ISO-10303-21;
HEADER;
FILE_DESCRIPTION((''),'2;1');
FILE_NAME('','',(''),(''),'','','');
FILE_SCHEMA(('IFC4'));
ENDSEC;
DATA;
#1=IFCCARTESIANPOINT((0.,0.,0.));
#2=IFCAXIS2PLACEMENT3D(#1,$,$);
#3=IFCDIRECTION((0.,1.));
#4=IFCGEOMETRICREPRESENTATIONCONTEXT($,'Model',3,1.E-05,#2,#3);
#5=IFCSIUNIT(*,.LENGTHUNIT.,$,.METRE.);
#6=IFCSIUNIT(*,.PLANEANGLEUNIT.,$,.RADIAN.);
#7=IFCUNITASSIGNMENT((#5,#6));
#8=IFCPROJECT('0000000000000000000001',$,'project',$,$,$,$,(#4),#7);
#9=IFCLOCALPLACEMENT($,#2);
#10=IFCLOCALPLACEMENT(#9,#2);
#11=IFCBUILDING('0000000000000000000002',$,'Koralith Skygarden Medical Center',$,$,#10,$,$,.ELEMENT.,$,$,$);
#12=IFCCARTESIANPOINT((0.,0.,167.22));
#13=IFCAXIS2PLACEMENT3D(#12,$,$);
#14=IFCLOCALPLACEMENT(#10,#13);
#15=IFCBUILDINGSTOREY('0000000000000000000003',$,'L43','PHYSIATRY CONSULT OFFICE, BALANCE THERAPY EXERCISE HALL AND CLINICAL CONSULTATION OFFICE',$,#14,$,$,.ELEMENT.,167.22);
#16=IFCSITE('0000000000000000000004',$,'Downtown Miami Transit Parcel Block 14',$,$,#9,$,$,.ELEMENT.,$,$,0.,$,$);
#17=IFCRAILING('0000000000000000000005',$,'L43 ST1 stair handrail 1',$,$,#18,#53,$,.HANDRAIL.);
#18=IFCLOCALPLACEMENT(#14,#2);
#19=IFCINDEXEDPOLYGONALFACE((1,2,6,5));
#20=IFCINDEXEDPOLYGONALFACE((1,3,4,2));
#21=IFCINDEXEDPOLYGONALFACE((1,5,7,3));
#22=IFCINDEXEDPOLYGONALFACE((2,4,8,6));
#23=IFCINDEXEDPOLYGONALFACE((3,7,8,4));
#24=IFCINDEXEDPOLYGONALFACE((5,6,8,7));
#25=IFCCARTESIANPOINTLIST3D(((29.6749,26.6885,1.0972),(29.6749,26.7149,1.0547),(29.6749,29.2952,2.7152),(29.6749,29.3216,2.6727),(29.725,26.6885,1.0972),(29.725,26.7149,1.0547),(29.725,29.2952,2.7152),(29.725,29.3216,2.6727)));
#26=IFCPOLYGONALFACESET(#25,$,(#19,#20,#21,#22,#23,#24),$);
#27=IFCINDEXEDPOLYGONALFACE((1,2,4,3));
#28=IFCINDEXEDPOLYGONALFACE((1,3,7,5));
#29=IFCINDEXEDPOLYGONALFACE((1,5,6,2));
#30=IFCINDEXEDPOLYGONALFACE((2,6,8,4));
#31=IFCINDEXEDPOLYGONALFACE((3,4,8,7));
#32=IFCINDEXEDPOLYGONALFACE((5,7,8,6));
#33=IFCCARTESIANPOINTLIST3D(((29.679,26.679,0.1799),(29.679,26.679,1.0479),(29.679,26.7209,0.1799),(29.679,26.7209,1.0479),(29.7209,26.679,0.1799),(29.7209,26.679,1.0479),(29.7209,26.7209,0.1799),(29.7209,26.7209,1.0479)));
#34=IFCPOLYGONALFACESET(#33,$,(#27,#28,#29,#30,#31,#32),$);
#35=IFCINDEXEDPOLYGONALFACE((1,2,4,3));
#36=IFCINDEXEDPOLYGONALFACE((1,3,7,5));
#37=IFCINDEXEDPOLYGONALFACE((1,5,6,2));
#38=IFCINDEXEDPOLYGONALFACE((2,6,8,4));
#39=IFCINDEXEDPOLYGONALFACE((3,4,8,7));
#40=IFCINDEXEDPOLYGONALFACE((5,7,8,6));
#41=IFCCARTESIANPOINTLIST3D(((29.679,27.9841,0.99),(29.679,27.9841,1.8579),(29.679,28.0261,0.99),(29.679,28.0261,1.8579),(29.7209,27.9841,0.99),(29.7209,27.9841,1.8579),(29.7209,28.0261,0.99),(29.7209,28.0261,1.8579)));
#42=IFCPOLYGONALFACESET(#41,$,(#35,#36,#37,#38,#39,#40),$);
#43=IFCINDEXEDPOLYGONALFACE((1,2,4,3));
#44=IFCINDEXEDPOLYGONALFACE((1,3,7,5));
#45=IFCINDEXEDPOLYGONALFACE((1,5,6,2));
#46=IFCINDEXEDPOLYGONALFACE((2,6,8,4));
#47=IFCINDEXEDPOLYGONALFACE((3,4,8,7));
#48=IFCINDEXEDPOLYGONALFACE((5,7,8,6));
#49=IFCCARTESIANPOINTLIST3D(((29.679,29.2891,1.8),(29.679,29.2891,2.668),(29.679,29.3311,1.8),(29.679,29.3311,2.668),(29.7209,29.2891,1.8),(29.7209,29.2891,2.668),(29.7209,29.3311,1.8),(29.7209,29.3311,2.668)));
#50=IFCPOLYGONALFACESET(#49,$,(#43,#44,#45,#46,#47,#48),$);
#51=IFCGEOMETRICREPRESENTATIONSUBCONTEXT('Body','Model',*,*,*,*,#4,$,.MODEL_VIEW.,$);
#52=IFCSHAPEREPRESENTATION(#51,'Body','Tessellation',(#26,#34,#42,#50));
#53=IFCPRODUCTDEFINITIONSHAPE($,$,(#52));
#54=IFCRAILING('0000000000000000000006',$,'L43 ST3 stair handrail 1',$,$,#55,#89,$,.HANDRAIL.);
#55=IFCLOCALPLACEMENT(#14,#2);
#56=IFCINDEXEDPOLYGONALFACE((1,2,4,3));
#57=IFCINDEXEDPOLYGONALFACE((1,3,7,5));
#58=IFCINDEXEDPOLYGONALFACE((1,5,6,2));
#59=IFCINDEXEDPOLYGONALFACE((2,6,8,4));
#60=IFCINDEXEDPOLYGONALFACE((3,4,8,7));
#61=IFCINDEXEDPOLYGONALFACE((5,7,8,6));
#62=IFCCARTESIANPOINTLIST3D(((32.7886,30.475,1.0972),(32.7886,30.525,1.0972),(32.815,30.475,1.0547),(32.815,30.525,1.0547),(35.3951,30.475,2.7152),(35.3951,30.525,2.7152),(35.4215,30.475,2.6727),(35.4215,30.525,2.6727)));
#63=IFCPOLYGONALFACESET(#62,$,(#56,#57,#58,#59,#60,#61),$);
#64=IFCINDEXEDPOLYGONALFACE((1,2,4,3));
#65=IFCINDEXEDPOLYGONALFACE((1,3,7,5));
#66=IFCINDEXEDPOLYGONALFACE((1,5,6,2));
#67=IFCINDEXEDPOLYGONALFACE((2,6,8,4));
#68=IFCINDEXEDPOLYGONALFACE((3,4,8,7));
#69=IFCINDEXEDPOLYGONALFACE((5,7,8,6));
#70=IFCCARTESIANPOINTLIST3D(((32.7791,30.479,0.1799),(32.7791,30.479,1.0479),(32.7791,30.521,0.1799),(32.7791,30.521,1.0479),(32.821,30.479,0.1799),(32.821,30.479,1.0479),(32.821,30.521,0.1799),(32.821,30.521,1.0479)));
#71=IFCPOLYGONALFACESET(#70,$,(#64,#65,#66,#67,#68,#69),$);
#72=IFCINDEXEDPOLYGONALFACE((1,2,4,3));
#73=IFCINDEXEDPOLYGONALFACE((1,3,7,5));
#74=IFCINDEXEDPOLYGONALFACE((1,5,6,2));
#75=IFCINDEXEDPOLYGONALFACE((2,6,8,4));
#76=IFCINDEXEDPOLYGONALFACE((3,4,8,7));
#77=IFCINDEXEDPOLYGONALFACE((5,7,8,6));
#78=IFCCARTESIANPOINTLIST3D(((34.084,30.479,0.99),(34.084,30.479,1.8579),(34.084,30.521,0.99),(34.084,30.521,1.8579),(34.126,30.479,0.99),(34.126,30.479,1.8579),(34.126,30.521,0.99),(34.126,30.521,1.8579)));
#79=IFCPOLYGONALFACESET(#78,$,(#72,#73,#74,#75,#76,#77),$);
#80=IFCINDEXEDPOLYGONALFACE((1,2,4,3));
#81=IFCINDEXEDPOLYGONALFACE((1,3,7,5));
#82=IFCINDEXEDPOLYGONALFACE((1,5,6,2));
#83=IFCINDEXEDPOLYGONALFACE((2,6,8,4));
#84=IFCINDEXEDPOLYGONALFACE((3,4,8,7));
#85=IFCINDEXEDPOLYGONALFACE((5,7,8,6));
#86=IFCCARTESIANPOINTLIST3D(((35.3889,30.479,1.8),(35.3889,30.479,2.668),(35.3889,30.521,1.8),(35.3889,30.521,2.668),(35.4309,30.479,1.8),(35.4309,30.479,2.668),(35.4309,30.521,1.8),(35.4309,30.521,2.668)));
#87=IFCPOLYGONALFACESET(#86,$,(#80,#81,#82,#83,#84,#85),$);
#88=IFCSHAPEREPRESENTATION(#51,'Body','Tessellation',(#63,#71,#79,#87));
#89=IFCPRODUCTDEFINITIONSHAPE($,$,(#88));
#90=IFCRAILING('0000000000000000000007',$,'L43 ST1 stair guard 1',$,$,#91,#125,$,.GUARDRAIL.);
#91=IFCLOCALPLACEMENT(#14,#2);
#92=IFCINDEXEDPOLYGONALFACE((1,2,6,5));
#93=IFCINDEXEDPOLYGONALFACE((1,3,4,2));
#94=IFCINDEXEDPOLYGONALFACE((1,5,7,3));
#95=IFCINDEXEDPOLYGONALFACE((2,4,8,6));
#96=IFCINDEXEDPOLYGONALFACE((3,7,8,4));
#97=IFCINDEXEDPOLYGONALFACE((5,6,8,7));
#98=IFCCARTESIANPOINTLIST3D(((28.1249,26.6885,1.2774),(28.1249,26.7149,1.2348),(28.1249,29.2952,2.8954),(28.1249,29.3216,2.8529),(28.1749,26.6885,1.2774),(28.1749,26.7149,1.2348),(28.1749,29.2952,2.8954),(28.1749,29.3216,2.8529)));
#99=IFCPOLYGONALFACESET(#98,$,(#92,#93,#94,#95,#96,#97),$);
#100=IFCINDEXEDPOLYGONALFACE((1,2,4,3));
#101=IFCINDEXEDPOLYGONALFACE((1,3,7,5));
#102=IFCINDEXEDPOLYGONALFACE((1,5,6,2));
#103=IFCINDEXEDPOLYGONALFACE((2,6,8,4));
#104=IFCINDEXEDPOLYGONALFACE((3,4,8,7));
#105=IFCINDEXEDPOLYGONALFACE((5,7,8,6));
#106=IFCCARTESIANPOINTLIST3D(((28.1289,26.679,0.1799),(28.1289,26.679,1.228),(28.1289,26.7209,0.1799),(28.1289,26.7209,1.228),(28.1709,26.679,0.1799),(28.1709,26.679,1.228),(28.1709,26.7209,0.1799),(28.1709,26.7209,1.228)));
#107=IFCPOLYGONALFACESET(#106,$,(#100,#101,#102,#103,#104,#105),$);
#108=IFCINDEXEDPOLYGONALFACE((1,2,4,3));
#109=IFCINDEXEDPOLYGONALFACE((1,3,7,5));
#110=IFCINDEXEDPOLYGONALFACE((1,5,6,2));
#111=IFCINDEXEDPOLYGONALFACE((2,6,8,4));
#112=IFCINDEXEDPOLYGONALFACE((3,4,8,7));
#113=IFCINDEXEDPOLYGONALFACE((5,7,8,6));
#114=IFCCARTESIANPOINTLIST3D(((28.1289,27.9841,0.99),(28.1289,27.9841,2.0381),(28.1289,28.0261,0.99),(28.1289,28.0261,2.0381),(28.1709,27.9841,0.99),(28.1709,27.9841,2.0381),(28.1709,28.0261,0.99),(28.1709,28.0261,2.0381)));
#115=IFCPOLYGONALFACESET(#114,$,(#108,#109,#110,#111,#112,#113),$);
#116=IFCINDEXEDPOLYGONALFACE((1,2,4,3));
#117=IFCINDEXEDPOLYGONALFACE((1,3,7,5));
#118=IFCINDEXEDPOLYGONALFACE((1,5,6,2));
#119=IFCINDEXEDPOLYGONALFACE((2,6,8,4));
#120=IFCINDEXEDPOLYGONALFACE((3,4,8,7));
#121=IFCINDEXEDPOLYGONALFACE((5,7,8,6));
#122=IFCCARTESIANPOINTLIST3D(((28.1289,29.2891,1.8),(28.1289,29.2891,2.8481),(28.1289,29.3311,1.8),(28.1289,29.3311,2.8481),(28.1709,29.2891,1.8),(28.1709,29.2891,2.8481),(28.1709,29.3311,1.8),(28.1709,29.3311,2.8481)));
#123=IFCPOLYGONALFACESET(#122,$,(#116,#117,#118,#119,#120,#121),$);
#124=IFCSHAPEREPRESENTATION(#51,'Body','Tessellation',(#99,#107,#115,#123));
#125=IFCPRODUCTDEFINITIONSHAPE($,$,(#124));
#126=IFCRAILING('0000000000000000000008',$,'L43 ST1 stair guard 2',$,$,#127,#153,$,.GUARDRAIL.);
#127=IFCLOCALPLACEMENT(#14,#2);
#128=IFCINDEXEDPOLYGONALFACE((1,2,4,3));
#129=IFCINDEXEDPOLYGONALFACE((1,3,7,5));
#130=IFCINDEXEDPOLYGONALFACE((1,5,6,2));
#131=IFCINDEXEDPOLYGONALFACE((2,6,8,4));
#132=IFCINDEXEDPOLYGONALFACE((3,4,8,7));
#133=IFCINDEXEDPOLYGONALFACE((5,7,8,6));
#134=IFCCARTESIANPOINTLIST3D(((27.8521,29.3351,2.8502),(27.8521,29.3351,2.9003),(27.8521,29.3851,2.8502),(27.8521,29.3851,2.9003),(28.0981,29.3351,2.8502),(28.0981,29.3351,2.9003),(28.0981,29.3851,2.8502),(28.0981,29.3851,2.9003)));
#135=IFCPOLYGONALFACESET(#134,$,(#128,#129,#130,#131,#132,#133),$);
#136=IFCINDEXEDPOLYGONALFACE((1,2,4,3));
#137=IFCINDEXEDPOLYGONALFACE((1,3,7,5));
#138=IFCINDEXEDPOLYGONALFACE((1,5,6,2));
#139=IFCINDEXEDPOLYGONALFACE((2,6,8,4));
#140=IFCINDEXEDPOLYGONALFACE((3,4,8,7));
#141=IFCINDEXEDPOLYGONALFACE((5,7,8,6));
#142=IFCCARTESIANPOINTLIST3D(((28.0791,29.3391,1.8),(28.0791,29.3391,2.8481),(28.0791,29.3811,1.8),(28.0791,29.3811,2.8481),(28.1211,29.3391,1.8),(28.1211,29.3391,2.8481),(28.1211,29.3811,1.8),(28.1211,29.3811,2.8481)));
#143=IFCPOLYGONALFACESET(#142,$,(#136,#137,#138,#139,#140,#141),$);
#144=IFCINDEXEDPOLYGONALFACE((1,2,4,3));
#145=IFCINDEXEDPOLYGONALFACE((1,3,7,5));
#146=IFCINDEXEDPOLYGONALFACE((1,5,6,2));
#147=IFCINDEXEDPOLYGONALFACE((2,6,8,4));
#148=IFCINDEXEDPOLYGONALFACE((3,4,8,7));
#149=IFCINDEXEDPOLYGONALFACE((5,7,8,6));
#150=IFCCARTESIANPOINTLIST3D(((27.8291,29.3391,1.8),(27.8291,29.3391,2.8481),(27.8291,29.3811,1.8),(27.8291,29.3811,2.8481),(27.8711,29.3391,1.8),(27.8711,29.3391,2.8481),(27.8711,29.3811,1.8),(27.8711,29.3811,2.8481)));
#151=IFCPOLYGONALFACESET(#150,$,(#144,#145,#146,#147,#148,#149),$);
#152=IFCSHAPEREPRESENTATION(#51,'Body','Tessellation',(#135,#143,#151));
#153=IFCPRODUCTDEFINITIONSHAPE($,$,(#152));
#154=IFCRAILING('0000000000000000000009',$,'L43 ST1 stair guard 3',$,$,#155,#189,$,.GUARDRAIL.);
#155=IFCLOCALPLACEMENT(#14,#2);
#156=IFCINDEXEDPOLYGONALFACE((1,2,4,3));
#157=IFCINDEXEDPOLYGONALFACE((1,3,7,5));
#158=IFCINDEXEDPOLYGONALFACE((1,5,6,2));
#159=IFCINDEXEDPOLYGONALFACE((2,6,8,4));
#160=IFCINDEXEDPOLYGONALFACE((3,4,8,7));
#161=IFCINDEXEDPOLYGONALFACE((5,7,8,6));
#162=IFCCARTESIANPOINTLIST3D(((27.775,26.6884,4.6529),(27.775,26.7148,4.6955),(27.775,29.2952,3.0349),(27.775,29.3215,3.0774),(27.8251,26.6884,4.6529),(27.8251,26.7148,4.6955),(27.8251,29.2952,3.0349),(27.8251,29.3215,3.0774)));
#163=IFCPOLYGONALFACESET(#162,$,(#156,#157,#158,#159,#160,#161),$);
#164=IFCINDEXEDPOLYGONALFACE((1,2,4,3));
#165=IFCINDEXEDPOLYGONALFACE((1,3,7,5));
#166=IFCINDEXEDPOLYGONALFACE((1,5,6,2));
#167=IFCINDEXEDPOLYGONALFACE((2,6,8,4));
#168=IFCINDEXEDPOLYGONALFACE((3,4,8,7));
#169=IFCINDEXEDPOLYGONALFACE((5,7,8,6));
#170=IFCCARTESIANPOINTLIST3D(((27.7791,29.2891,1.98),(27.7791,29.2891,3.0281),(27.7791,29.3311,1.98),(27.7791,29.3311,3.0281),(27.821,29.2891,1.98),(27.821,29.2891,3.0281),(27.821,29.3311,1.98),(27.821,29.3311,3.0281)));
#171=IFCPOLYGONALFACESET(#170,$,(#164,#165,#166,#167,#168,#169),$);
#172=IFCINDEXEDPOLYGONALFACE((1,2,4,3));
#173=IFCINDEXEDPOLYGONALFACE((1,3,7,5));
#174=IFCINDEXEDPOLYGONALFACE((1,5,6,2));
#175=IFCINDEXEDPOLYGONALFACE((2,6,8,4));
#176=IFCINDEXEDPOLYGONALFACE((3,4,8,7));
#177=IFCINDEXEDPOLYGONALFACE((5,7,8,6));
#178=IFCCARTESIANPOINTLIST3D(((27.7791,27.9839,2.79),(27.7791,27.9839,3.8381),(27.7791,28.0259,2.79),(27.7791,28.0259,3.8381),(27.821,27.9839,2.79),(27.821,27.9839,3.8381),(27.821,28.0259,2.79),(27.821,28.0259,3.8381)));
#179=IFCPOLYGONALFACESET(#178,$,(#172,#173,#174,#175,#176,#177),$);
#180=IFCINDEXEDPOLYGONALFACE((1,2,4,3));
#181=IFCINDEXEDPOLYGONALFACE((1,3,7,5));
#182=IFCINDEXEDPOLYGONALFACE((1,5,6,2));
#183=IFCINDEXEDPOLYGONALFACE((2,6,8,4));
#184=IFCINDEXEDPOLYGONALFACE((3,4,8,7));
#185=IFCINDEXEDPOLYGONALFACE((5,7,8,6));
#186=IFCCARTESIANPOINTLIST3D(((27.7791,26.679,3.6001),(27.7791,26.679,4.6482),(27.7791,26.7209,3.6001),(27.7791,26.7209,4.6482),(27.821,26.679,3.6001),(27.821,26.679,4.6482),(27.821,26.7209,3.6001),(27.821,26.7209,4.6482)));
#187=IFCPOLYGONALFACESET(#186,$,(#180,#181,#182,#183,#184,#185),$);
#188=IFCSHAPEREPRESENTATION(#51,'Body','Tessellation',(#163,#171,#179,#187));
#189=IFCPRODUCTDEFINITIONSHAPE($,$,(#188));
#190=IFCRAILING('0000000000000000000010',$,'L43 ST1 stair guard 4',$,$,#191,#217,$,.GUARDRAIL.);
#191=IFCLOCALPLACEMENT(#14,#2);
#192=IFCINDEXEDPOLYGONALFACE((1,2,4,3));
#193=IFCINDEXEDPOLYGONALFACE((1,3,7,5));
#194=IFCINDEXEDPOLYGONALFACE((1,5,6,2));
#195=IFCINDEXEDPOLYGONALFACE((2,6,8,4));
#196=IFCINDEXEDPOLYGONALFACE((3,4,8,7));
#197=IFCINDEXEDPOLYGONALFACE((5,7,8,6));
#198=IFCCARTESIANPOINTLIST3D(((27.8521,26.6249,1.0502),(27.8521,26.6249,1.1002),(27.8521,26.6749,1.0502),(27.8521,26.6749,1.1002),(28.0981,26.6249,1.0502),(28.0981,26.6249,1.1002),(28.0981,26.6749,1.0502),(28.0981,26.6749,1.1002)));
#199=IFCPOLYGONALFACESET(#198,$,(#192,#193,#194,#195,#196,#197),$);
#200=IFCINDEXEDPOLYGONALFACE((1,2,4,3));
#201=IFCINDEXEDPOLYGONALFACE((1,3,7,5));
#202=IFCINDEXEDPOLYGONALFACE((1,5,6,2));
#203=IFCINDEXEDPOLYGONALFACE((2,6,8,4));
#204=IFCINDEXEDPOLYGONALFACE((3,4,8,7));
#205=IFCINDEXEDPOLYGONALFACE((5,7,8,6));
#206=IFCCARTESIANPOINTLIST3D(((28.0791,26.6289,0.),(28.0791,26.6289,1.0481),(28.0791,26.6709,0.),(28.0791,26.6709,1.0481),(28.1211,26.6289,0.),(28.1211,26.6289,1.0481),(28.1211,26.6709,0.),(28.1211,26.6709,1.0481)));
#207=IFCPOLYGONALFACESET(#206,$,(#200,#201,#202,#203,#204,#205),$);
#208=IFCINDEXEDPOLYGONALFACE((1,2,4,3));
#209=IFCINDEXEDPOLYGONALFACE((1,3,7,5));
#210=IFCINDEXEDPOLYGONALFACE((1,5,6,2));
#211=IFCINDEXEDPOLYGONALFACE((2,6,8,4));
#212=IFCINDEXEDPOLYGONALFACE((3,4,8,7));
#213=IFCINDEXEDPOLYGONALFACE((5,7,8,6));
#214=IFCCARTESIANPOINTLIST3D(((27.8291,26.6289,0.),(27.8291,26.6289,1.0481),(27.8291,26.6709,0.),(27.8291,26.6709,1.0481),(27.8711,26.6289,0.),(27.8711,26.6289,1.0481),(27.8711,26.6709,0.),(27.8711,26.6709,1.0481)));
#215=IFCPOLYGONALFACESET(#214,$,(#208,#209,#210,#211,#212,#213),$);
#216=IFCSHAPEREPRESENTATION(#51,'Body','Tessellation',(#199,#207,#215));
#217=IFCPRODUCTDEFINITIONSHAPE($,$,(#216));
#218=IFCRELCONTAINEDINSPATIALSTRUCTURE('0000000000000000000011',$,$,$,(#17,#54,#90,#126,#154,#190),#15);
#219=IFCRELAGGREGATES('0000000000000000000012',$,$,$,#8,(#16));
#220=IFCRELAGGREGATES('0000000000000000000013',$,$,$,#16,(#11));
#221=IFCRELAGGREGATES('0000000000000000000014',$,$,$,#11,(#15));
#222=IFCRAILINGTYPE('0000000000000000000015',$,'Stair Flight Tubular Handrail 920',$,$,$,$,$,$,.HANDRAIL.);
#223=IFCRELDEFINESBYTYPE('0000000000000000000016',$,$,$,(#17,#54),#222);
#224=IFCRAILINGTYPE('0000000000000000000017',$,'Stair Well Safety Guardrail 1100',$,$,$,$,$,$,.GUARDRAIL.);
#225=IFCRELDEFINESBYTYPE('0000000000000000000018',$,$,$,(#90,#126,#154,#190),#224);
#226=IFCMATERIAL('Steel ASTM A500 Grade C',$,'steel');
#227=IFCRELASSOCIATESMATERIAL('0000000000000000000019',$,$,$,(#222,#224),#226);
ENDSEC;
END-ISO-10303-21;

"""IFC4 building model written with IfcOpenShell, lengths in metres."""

from ifc_helpers import new_model, si_unit, direction, frame, origin, origin_2d, place, context, subcontext, project, spatial, rectangle, extrude, material, type_object, element, save


model = new_model("IFC4")

# Units and contexts
model_context = context("Model", 3, precision=1e-05, world=origin(), true_north=direction((0.0, 1.0)))
body_context = subcontext(model_context, "Body", "Model", "MODEL_VIEW")
ifc_project = project(units=[si_unit("LENGTHUNIT", "METRE"), si_unit("PLANEANGLEUNIT", "RADIAN")], contexts=[model_context])

# Site, building, storey
site_placement = place(None, origin())
site = spatial("IfcSite", under=ifc_project, at=site_placement, Name="Downtown Miami Transit Parcel Block 14", CompositionType="ELEMENT", RefElevation=0.0)
building_placement = place(site_placement, origin())
building = spatial("IfcBuilding", under=site, at=building_placement, Name="Koralith Skygarden Medical Center", CompositionType="ELEMENT")
storey_placement = place(building_placement, frame((0.0, 0.0, 167.22)))
storey = spatial("IfcBuildingStorey", under=building, at=storey_placement, Name="L43", Description="PHYSIATRY CONSULT OFFICE, BALANCE THERAPY EXERCISE HALL AND CLINICAL CONSULTATION OFFICE", CompositionType="ELEMENT", Elevation=167.22)

# Railings
ifc_material_1 = material(Name="Steel ASTM A500 Grade C", Category="steel")
railing_type_1 = type_object("IfcRailingType", Name="Stair Flight Tubular Handrail 920", PredefinedType="HANDRAIL", material=ifc_material_1)
railing_1_placement = place(storey_placement, frame((29.7, 26.7, 0.1799)))
element("IfcRailing", 1, at=railing_1_placement, inside=storey, type_object=railing_type_1, Name="L43 ST1 stair handrail 1", PredefinedType="HANDRAIL", context=body_context, shape_type="SweptSolid", body=[
    extrude(rectangle(XDim=0.05, YDim=0.05, at=origin_2d()), frame((0.0, 0.0017, 0.896), z_axis=(0.0, 0.849633, 0.527375), x_axis=(-1.0, 0.0, 0.0)), (0.0, 0.0, 1.0), 3.0681),
    extrude(rectangle(XDim=0.042, YDim=0.042, at=origin_2d()), origin(), (0.0, 0.0, 1.0), 0.8679),
    extrude(rectangle(XDim=0.042, YDim=0.042, at=origin_2d()), frame((0.0, 1.3052, 0.8101)), (0.0, 0.0, 1.0), 0.8679),
    extrude(rectangle(XDim=0.042, YDim=0.042, at=origin_2d()), frame((0.0, 2.6101, 1.6201)), (0.0, 0.0, 1.0), 0.8679),
])
railing_2_placement = place(storey_placement, frame((32.8, 30.5, 0.1799)))
element("IfcRailing", 2, at=railing_2_placement, inside=storey, type_object=railing_type_1, Name="L43 ST3 stair handrail 1", PredefinedType="HANDRAIL", context=body_context, shape_type="SweptSolid", body=[
    extrude(rectangle(XDim=0.05, YDim=0.05, at=origin_2d()), frame((0.0017, 0.0, 0.896), z_axis=(0.849611, 0.0, 0.52741), x_axis=(0.0, 1.0, 0.0)), (0.0, 0.0, 1.0), 3.0679),
    extrude(rectangle(XDim=0.042, YDim=0.042, at=origin_2d()), origin(), (0.0, 0.0, 1.0), 0.8679),
    extrude(rectangle(XDim=0.042, YDim=0.042, at=origin_2d()), frame((1.3049, 0.0, 0.8101)), (0.0, 0.0, 1.0), 0.8679),
    extrude(rectangle(XDim=0.042, YDim=0.042, at=origin_2d()), frame((2.6099, 0.0, 1.6201)), (0.0, 0.0, 1.0), 0.8679),
])
railing_type_2 = type_object("IfcRailingType", Name="Stair Well Safety Guardrail 1100", PredefinedType="GUARDRAIL", material=ifc_material_1)
railing_3_placement = place(storey_placement, frame((28.1499, 26.7, 0.1799)))
element("IfcRailing", 3, at=railing_3_placement, inside=storey, type_object=railing_type_2, Name="L43 ST1 stair guard 1", PredefinedType="GUARDRAIL", context=body_context, shape_type="SweptSolid", body=[
    extrude(rectangle(XDim=0.05, YDim=0.05, at=origin_2d()), frame((0.0, 0.0017, 1.0762), z_axis=(0.0, 0.849633, 0.527375), x_axis=(-1.0, 0.0, 0.0)), (0.0, 0.0, 1.0), 3.0681),
    extrude(rectangle(XDim=0.042, YDim=0.042, at=origin_2d()), origin(), (0.0, 0.0, 1.0), 1.0481),
    extrude(rectangle(XDim=0.042, YDim=0.042, at=origin_2d()), frame((0.0, 1.3052, 0.8101)), (0.0, 0.0, 1.0), 1.0481),
    extrude(rectangle(XDim=0.042, YDim=0.042, at=origin_2d()), frame((0.0, 2.6101, 1.6201)), (0.0, 0.0, 1.0), 1.0481),
])
railing_4_placement = place(storey_placement, frame((28.1001, 29.3601, 1.8)))
element("IfcRailing", 4, at=railing_4_placement, inside=storey, type_object=railing_type_2, Name="L43 ST1 stair guard 2", PredefinedType="GUARDRAIL", context=body_context, shape_type="SweptSolid", body=[
    extrude(rectangle(XDim=0.05, YDim=0.05, at=origin_2d()), frame((-0.002, 0.0, 1.0752), z_axis=(-1.0, 0.0, 0.0), x_axis=(0.0, -1.0, 0.0)), (0.0, 0.0, 1.0), 0.2461),
    extrude(rectangle(XDim=0.042, YDim=0.042, at=origin_2d()), origin(), (0.0, 0.0, 1.0), 1.0481),
    extrude(rectangle(XDim=0.042, YDim=0.042, at=origin_2d()), frame((-0.25, 0.0, 0.0)), (0.0, 0.0, 1.0), 1.0481),
])
railing_5_placement = place(storey_placement, frame((27.8, 29.3101, 1.98)))
element("IfcRailing", 5, at=railing_5_placement, inside=storey, type_object=railing_type_2, Name="L43 ST1 stair guard 3", PredefinedType="GUARDRAIL", context=body_context, shape_type="SweptSolid", body=[
    extrude(rectangle(XDim=0.05, YDim=0.05, at=origin_2d()), frame((0.0, -0.0017, 1.0762), z_axis=(0.0, -0.849633, 0.527375), x_axis=(1.0, 0.0, 0.0)), (0.0, 0.0, 1.0), 3.0681),
    extrude(rectangle(XDim=0.042, YDim=0.042, at=origin_2d()), origin(), (0.0, 0.0, 1.0), 1.0481),
    extrude(rectangle(XDim=0.042, YDim=0.042, at=origin_2d()), frame((0.0, -1.3052, 0.8101)), (0.0, 0.0, 1.0), 1.0481),
    extrude(rectangle(XDim=0.042, YDim=0.042, at=origin_2d()), frame((0.0, -2.6101, 1.6201)), (0.0, 0.0, 1.0), 1.0481),
])
railing_6_placement = place(storey_placement, frame((28.1001, 26.6499, 0.0)))
element("IfcRailing", 6, at=railing_6_placement, inside=storey, type_object=railing_type_2, Name="L43 ST1 stair guard 4", PredefinedType="GUARDRAIL", context=body_context, shape_type="SweptSolid", body=[
    extrude(rectangle(XDim=0.05, YDim=0.05, at=origin_2d()), frame((-0.002, 0.0, 1.0752), z_axis=(-1.0, 0.0, 0.0), x_axis=(0.0, -1.0, 0.0)), (0.0, 0.0, 1.0), 0.2461),
    extrude(rectangle(XDim=0.042, YDim=0.042, at=origin_2d()), origin(), (0.0, 0.0, 1.0), 1.0481),
    extrude(rectangle(XDim=0.042, YDim=0.042, at=origin_2d()), frame((-0.25, 0.0, 0.0)), (0.0, 0.0, 1.0), 1.0481),
])

save(model, "model.ifc")
